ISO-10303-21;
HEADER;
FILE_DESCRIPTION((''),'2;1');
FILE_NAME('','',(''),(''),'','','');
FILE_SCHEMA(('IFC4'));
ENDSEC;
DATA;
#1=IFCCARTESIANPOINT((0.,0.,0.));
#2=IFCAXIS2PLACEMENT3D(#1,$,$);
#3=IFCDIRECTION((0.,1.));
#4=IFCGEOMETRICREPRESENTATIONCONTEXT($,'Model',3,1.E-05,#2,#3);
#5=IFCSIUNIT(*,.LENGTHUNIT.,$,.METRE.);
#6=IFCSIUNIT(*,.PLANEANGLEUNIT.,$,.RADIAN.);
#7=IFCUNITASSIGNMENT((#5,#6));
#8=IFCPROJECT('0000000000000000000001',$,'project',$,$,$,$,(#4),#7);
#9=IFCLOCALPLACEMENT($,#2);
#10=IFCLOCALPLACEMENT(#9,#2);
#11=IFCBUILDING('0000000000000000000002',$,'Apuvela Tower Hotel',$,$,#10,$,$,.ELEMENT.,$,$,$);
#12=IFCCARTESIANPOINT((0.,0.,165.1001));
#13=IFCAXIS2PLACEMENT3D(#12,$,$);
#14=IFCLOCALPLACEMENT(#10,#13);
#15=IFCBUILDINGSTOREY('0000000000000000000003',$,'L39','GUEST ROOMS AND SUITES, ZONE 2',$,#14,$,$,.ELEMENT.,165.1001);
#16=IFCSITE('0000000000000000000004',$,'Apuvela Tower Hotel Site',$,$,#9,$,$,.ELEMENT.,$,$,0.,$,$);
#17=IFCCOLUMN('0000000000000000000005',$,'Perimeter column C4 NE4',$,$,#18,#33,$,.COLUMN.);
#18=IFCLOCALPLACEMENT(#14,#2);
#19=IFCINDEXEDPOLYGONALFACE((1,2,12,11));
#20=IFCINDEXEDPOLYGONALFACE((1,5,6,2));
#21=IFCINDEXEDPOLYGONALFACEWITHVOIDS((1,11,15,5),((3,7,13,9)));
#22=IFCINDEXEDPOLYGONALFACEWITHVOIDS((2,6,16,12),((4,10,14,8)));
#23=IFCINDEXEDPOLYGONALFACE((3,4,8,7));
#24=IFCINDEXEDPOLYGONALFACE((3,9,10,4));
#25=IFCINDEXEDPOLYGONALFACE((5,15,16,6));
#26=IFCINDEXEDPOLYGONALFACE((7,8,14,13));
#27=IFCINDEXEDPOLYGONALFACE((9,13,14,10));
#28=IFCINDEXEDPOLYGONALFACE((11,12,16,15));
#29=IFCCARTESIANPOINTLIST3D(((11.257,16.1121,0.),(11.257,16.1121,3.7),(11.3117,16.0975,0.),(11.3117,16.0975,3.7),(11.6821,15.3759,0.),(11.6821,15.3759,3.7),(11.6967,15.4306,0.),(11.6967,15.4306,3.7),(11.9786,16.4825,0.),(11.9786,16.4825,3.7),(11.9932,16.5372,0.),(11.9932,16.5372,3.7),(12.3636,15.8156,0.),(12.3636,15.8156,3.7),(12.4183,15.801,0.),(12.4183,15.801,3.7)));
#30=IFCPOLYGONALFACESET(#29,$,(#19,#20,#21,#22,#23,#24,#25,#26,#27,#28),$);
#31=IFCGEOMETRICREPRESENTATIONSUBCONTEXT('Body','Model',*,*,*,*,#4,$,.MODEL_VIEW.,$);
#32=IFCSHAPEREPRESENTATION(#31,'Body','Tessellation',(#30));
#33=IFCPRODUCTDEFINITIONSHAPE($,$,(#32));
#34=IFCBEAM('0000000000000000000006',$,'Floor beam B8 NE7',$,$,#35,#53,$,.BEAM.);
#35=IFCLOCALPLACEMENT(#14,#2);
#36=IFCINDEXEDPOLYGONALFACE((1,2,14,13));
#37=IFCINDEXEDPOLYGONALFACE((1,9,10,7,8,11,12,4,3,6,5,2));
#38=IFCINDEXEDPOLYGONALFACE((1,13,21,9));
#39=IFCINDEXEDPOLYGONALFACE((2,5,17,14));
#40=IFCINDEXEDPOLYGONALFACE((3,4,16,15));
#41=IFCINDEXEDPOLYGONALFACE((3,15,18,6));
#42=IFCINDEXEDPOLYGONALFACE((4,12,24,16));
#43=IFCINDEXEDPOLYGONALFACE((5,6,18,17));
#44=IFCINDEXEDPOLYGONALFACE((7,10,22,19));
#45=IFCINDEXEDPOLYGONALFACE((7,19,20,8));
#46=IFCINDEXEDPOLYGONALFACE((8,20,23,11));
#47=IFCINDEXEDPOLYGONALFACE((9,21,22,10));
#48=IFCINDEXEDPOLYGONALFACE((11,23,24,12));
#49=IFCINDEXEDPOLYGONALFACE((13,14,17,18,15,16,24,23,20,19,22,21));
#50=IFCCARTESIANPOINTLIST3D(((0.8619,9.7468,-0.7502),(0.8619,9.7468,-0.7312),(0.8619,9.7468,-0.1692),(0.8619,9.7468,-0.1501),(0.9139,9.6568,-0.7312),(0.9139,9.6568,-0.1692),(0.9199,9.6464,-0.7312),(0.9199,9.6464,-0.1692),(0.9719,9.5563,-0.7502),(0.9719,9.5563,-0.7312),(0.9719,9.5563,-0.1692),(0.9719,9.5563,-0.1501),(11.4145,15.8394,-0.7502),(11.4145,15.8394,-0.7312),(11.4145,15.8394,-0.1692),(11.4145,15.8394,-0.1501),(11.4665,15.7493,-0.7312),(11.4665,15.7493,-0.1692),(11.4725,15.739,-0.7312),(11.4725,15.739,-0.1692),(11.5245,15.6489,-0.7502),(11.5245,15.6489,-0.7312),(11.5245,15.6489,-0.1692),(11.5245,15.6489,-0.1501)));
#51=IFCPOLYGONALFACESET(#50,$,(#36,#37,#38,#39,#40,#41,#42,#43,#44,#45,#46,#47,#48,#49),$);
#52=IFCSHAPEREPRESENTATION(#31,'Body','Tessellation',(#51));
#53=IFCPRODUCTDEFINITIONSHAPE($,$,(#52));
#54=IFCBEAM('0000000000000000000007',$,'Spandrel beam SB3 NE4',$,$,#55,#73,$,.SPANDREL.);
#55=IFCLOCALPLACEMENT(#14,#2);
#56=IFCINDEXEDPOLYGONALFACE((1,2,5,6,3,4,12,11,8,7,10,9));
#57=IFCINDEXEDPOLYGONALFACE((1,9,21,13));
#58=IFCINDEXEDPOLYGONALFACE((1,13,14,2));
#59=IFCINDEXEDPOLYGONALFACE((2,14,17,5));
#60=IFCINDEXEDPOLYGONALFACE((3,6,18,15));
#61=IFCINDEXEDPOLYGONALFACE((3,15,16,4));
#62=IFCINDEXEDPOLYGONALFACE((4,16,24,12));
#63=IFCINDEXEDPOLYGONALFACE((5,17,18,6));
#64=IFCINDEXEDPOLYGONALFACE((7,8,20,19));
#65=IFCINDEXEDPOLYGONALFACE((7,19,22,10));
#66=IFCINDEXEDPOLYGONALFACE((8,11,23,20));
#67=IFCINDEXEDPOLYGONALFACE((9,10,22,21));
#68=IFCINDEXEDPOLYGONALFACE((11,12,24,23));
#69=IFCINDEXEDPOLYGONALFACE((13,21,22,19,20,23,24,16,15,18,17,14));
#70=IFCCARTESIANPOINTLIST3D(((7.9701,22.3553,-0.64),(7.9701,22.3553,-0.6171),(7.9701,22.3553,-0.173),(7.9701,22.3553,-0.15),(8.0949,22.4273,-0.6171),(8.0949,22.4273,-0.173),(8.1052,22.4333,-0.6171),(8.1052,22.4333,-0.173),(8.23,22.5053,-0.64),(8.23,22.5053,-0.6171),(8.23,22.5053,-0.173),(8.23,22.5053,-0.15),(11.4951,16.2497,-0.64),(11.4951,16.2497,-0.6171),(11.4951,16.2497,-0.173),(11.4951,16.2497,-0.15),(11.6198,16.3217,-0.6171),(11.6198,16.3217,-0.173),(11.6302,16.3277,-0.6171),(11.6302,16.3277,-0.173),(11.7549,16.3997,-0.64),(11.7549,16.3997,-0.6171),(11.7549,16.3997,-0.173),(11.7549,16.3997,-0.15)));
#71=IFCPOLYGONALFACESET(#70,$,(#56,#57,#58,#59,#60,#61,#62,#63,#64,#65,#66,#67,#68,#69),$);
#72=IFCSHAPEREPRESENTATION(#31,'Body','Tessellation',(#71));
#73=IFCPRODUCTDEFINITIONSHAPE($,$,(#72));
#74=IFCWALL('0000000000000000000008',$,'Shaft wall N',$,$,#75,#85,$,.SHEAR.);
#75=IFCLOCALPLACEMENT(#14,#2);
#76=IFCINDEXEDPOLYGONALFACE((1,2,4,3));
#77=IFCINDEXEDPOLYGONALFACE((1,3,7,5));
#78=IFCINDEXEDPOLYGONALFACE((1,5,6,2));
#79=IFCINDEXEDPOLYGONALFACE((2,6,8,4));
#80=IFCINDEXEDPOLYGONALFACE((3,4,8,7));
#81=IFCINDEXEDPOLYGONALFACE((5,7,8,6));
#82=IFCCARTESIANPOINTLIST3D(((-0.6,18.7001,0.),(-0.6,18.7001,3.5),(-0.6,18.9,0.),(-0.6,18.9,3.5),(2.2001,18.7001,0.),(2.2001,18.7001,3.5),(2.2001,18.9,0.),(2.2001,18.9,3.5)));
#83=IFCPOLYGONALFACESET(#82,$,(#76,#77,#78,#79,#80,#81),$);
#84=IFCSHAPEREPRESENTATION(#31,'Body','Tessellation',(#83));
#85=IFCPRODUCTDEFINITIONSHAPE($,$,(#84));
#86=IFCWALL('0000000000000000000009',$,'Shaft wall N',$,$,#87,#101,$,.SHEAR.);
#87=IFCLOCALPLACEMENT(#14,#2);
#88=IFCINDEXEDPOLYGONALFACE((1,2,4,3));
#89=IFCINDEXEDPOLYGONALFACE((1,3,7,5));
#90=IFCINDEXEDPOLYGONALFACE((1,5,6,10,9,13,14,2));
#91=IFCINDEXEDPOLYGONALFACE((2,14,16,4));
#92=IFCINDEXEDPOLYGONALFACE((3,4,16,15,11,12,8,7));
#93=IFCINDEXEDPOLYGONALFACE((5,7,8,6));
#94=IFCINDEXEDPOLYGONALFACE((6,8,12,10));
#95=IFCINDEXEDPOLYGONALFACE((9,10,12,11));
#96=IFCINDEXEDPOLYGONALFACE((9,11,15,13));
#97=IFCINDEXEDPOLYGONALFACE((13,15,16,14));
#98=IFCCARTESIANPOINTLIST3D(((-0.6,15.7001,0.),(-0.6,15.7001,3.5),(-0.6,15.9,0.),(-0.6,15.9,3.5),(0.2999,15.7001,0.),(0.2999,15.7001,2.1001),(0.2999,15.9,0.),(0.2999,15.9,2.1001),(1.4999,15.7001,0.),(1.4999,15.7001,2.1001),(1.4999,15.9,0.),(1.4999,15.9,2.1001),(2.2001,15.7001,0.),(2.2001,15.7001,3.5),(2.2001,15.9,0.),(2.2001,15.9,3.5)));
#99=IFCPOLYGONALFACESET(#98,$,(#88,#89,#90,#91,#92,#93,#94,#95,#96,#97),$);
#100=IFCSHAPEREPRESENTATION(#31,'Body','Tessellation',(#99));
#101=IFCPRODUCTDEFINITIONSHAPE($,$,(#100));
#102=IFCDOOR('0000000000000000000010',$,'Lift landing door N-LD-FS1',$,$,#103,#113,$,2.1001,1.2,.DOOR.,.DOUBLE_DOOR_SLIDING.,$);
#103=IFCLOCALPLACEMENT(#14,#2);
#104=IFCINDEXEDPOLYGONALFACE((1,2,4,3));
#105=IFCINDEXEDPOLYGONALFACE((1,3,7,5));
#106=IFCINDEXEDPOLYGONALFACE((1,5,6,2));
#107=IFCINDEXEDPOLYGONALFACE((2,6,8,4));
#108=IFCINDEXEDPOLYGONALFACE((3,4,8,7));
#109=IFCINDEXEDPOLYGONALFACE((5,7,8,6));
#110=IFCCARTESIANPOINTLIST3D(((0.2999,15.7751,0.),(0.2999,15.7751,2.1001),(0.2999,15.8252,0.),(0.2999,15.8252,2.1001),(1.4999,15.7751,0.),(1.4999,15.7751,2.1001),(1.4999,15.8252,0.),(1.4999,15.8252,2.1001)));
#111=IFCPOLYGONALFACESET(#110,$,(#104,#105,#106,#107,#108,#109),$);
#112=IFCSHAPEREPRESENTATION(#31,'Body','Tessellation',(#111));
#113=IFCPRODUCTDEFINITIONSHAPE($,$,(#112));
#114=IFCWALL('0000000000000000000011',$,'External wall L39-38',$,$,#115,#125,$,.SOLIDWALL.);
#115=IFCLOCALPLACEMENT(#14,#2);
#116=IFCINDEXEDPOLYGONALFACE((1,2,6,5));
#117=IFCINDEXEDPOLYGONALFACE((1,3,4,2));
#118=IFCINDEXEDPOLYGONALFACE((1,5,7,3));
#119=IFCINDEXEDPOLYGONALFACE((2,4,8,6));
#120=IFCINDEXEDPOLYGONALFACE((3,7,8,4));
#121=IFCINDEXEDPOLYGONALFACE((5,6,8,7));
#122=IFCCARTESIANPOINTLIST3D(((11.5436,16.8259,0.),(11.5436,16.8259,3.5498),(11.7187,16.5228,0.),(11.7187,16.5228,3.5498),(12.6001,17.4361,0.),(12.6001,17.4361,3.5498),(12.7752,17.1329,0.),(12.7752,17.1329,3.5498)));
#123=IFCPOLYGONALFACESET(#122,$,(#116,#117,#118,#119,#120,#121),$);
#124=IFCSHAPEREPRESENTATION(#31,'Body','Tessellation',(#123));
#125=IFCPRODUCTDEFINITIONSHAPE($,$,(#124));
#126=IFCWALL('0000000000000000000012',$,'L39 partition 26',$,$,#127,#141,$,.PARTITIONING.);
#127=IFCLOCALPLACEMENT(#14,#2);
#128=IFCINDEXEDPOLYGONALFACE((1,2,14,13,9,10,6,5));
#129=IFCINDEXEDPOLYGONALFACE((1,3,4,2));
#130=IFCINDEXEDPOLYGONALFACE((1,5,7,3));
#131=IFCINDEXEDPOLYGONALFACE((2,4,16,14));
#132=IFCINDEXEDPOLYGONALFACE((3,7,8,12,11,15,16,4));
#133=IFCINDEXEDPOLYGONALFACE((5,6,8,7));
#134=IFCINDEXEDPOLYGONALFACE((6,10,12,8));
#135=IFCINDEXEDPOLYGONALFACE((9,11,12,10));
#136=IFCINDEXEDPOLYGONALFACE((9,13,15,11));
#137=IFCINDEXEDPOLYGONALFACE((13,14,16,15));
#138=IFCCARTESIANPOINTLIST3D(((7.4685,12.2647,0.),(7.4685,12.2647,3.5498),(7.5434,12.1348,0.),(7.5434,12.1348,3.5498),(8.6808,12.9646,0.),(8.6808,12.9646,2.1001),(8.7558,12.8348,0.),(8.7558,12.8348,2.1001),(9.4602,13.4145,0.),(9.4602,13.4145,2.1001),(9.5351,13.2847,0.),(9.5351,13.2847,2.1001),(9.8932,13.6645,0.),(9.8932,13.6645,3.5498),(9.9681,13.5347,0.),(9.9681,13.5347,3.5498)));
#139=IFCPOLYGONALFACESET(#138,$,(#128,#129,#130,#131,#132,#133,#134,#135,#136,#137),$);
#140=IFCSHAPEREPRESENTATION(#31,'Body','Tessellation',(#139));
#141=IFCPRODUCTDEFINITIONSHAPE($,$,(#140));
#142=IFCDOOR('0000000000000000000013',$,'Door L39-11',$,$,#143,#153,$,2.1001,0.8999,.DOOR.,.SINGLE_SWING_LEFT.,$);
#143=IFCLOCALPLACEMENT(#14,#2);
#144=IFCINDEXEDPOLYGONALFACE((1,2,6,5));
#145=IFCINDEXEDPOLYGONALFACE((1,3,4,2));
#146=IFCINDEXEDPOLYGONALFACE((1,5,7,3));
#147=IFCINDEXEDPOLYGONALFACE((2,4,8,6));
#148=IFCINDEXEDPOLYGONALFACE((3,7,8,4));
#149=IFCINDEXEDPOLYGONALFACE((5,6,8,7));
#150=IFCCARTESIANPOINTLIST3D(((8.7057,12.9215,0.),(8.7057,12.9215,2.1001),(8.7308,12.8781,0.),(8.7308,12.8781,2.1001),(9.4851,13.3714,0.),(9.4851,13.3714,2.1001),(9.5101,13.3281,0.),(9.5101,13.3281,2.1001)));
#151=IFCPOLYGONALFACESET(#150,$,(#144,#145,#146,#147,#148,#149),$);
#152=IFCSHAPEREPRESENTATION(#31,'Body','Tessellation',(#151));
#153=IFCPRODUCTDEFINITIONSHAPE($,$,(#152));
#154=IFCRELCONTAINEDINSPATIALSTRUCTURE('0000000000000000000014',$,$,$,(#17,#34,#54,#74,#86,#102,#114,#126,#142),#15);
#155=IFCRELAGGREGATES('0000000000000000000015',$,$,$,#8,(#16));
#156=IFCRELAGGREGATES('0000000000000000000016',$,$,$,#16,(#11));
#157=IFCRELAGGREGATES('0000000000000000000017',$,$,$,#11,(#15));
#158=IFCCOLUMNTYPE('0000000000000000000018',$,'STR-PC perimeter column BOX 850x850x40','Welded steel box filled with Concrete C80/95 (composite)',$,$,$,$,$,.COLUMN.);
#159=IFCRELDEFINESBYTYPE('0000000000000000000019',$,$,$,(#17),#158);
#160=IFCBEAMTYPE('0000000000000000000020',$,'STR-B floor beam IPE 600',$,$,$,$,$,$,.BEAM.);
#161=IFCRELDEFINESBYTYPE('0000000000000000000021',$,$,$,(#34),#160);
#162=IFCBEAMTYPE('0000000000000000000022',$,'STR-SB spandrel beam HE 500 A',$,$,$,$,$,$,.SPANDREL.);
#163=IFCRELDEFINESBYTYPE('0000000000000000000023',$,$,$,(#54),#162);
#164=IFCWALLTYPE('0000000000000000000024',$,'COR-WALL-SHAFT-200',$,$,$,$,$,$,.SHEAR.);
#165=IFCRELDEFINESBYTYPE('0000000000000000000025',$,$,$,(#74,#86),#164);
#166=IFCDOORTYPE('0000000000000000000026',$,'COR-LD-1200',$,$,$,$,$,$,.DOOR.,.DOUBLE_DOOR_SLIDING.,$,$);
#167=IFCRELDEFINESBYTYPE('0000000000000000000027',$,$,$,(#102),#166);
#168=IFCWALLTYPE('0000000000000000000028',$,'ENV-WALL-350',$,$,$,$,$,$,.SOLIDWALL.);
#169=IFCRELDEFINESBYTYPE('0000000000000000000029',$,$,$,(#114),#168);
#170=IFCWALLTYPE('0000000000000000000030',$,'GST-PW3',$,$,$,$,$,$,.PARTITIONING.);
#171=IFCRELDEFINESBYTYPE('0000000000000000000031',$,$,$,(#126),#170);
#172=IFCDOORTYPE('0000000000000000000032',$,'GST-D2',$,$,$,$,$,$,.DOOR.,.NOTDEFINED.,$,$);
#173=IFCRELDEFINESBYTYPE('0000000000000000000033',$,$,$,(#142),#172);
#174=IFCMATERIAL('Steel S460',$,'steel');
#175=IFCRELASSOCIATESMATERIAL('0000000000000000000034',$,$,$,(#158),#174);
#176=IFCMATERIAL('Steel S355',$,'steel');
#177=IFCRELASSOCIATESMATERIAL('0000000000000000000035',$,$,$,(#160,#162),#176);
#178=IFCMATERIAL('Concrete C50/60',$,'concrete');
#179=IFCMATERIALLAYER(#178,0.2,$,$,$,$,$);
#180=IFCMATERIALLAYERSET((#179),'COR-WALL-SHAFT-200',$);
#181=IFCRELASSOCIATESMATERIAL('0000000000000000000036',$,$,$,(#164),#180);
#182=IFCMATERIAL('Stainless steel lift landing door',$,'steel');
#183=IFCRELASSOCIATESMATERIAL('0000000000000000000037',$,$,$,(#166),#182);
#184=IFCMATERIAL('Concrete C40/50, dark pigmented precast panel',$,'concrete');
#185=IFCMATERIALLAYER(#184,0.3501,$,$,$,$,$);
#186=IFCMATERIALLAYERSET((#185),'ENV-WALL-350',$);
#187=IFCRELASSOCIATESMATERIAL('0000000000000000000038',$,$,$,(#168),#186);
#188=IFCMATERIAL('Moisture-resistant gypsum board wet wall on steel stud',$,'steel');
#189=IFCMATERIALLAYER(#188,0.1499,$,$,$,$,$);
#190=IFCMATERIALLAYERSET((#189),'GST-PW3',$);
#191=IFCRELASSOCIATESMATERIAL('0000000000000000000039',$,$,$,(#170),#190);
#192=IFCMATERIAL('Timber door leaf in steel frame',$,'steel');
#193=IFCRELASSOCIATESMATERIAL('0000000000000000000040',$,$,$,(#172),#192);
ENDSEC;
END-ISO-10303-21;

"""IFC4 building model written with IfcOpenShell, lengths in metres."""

from ifc_helpers import new_model, si_unit, direction, frame, frame_2d, origin, origin_2d, place, context, subcontext, project, spatial, rectangle, hollow_rectangle, i_section, extrude, material, layer, layer_set, material_profile, profile_set, type_object, element, fill, save


model = new_model("IFC4")

# Units and contexts
model_context = context("Model", 3, precision=1e-05, world=origin(), true_north=direction((0.0, 1.0)))
body_context = subcontext(model_context, "Body", "Model", "MODEL_VIEW")
ifc_project = project(units=[si_unit("LENGTHUNIT", "METRE"), si_unit("PLANEANGLEUNIT", "RADIAN")], contexts=[model_context])

# Site, building, storey
site_placement = place(None, origin())
site = spatial("IfcSite", under=ifc_project, at=site_placement, Name="Apuvela Tower Hotel Site", CompositionType="ELEMENT", RefElevation=0.0)
building_placement = place(site_placement, origin())
building = spatial("IfcBuilding", under=site, at=building_placement, Name="Apuvela Tower Hotel", CompositionType="ELEMENT")
storey_placement = place(building_placement, frame((0.0, 0.0, 165.1001)))
storey = spatial("IfcBuildingStorey", under=building, at=storey_placement, Name="L39", Description="GUEST ROOMS AND SUITES, ZONE 2", CompositionType="ELEMENT", Elevation=165.1001)

# Column
ifc_material_1 = material(Name="Steel S460", Category="steel")
ifc_material_profile_1 = material_profile(ifc_material_1, hollow_rectangle(XDim=0.8501, YDim=0.8501, WallThickness=0.04, at=origin_2d()), Name="BOX 850x850x40")
ifc_material_2 = material(Name="Concrete C80/95", Category="concrete")
ifc_material_profile_2 = material_profile(ifc_material_2, rectangle(XDim=0.77, YDim=0.77, at=origin_2d()), Name="Concrete C80/95 infill")
ifc_profile_set_1 = profile_set([ifc_material_profile_1, ifc_material_profile_2], Name="Steel S460")
column_type = type_object("IfcColumnType", Name="STR-PC perimeter column BOX 850x850x40", Description="Welded steel box filled with Concrete C80/95 (composite)", PredefinedType="COLUMN", material=ifc_profile_set_1)
column_placement = place(storey_placement, frame((11.8376, 15.9565, 0.0), z_axis=(0.0, 0.0, 1.0), x_axis=(-0.5, 0.866025, 0.0)))
element("IfcColumn", 1, at=column_placement, inside=storey, type_object=column_type, Name="Perimeter column C4 NE4", PredefinedType="COLUMN", context=body_context, shape_type="SweptSolid", body=[
    extrude(hollow_rectangle(XDim=0.8501, YDim=0.8501, WallThickness=0.04, at=origin_2d()), origin(), (0.0, 0.0, 1.0), 3.7),
])

# Beams
ifc_material_3 = material(Name="Steel S355", Category="steel")
ifc_material_profile_3 = material_profile(ifc_material_3, i_section(OverallWidth=0.22, OverallDepth=0.6001, WebThickness=0.012, FlangeThickness=0.019, at=origin_2d()), Name="IPE 600")
ifc_profile_set_2 = profile_set([ifc_material_profile_3], Name="Steel S355")
beam_type_1 = type_object("IfcBeamType", Name="STR-B floor beam IPE 600", PredefinedType="BEAM", material=ifc_profile_set_2)
beam_1_placement = place(storey_placement, frame((11.4695, 15.7441, -0.4502), z_axis=(-0.866024, -0.500003, 0.0), x_axis=(0.500003, -0.866024, 0.0)))
element("IfcBeam", 2, at=beam_1_placement, inside=storey, type_object=beam_type_1, Name="Floor beam B8 NE7", PredefinedType="BEAM", context=body_context, shape_type="SweptSolid", body=[
    extrude(i_section(OverallWidth=0.22, OverallDepth=0.6001, WebThickness=0.012, FlangeThickness=0.019, at=origin_2d()), origin(), (0.0, 0.0, 1.0), 12.1851),
])
ifc_material_profile_4 = material_profile(ifc_material_3, i_section(OverallWidth=0.3, OverallDepth=0.49, WebThickness=0.012, FlangeThickness=0.0229, at=origin_2d()), Name="HE 500 A")
ifc_profile_set_3 = profile_set([ifc_material_profile_4], Name="Steel S355")
beam_type_2 = type_object("IfcBeamType", Name="STR-SB spandrel beam HE 500 A", PredefinedType="SPANDREL", material=ifc_profile_set_3)
beam_2_placement = place(storey_placement, frame((11.625, 16.3247, -0.395), z_axis=(-0.49999, 0.866031, 0.0), x_axis=(-0.866031, -0.49999, 0.0)))
element("IfcBeam", 3, at=beam_2_placement, inside=storey, type_object=beam_type_2, Name="Spandrel beam SB3 NE4", PredefinedType="SPANDREL", context=body_context, shape_type="SweptSolid", body=[
    extrude(i_section(OverallWidth=0.3, OverallDepth=0.49, WebThickness=0.012, FlangeThickness=0.0229, at=origin_2d()), origin(), (0.0, 0.0, 1.0), 7.05),
])

# Wall
ifc_material_4 = material(Name="Concrete C50/60", Category="concrete")
ifc_layer_1 = layer(ifc_material_4, 0.2)
ifc_layer_set_1 = layer_set([ifc_layer_1], Name="COR-WALL-SHAFT-200")
wall_type_1 = type_object("IfcWallType", Name="COR-WALL-SHAFT-200", PredefinedType="SHEAR", material=ifc_layer_set_1)
wall_1_placement = place(storey_placement, frame((2.2, 18.8, 0.0), z_axis=(0.0, 0.0, 1.0), x_axis=(-1.0, 0.0, 0.0)))
element("IfcWall", 4, at=wall_1_placement, inside=storey, type_object=wall_type_1, Name="Shaft wall N", PredefinedType="SHEAR", context=body_context, shape_type="SweptSolid", body=[
    extrude(rectangle(XDim=2.8, YDim=0.2, at=frame_2d((1.3999, 0.0))), origin(), (0.0, 0.0, 1.0), 3.5),
])

# Wall, opening, door
wall_2_placement = place(storey_placement, frame((2.2, 15.8, 0.0), z_axis=(0.0, 0.0, 1.0), x_axis=(-1.0, 0.0, 0.0)))
wall_2 = element("IfcWall", 5, at=wall_2_placement, inside=storey, type_object=wall_type_1, Name="Shaft wall N", PredefinedType="SHEAR", context=body_context, shape_type="SweptSolid", body=[
    extrude(rectangle(XDim=2.8, YDim=0.2, at=frame_2d((1.3999, 0.0))), origin(), (0.0, 0.0, 1.0), 3.5),
])
opening_1_placement = place(wall_2_placement, frame((0.7, 0.0, 0.0)))
opening_1 = element("IfcOpeningElement", 6, at=opening_1_placement, cuts=wall_2, PredefinedType="OPENING", context=body_context, shape_type="SweptSolid", body=[
    extrude(rectangle(XDim=1.2, YDim=2.1001, at=frame_2d((0.6001, 1.05))), frame((0.0, 0.1099, 0.0), z_axis=(0.0, -1.0, 0.0), x_axis=(1.0, 0.0, 0.0)), (0.0, 0.0, 1.0), 0.22),
])
ifc_material_5 = material(Name="Stainless steel lift landing door", Category="steel")
door_type_1 = type_object("IfcDoorType", Name="COR-LD-1200", OperationType="DOUBLE_DOOR_SLIDING", PredefinedType="DOOR", material=ifc_material_5)
door_1_placement = place(opening_1_placement, origin())
door_1 = element("IfcDoor", 7, at=door_1_placement, inside=storey, type_object=door_type_1, Name="Lift landing door N-LD-FS1", OperationType="DOUBLE_DOOR_SLIDING", OverallHeight=2.1001, OverallWidth=1.2, PredefinedType="DOOR", context=body_context, shape_type="SweptSolid", body=[
    extrude(rectangle(XDim=1.2, YDim=2.1001, at=frame_2d((0.6001, 1.05))), frame((0.0, 0.0249, 0.0), z_axis=(0.0, -1.0, 0.0), x_axis=(1.0, 0.0, 0.0)), (0.0, 0.0, 1.0), 0.05),
])
fill(opening_1, door_1)

# Wall
ifc_material_6 = material(Name="Concrete C40/50, dark pigmented precast panel", Category="concrete")
ifc_layer_2 = layer(ifc_material_6, 0.3501)
ifc_layer_set_2 = layer_set([ifc_layer_2], Name="ENV-WALL-350")
wall_type_2 = type_object("IfcWallType", Name="ENV-WALL-350", PredefinedType="SOLIDWALL", material=ifc_layer_set_2)
wall_3_placement = place(storey_placement, frame((12.6875, 17.2844, 0.0), z_axis=(0.0, 0.0, 1.0), x_axis=(-0.865956, -0.500121, 0.0)))
element("IfcWall", 8, at=wall_3_placement, inside=storey, type_object=wall_type_2, Name="External wall L39-38", PredefinedType="SOLIDWALL", context=body_context, shape_type="SweptSolid", body=[
    extrude(rectangle(XDim=1.22, YDim=0.3501, at=frame_2d((0.6099, 0.0))), origin(), (0.0, 0.0, 1.0), 3.5498),
])

# Wall, opening, door
ifc_material_7 = material(Name="Moisture-resistant gypsum board wet wall on steel stud", Category="steel")
ifc_layer_3 = layer(ifc_material_7, 0.1499)
ifc_layer_set_3 = layer_set([ifc_layer_3], Name="GST-PW3")
wall_type_3 = type_object("IfcWallType", Name="GST-PW3", PredefinedType="PARTITIONING", material=ifc_layer_set_3)
wall_4_placement = place(storey_placement, frame((9.9307, 13.5996, 0.0), z_axis=(0.0, 0.0, 1.0), x_axis=(-0.866035, -0.499984, 0.0)))
wall_4 = element("IfcWall", 9, at=wall_4_placement, inside=storey, type_object=wall_type_3, Name="L39 partition 26", PredefinedType="PARTITIONING", context=body_context, shape_type="SweptSolid", body=[
    extrude(rectangle(XDim=2.7998, YDim=0.1499, at=frame_2d((1.3999, 0.0))), origin(), (0.0, 0.0, 1.0), 3.5498),
])
opening_2_placement = place(wall_4_placement, frame((0.5, 0.0, 0.0)))
opening_2 = element("IfcOpeningElement", 10, at=opening_2_placement, cuts=wall_4, PredefinedType="OPENING", context=body_context, shape_type="SweptSolid", body=[
    extrude(rectangle(XDim=0.8999, YDim=2.1001, at=frame_2d((0.45, 1.05))), frame((0.0, 0.085, 0.0), z_axis=(0.0, -1.0, 0.0), x_axis=(1.0, 0.0, 0.0)), (0.0, 0.0, 1.0), 0.1699),
])
ifc_material_8 = material(Name="Timber door leaf in steel frame", Category="steel")
door_type_2 = type_object("IfcDoorType", Name="GST-D2", OperationType="NOTDEFINED", PredefinedType="DOOR", material=ifc_material_8)
door_2_placement = place(opening_2_placement, origin())
door_2 = element("IfcDoor", 11, at=door_2_placement, inside=storey, type_object=door_type_2, Name="Door L39-11", OperationType="SINGLE_SWING_LEFT", OverallHeight=2.1001, OverallWidth=0.8999, PredefinedType="DOOR", context=body_context, shape_type="SweptSolid", body=[
    extrude(rectangle(XDim=0.8999, YDim=2.1001, at=frame_2d((0.45, 1.05))), frame((0.0, 0.0249, 0.0), z_axis=(0.0, -1.0, 0.0), x_axis=(1.0, 0.0, 0.0)), (0.0, 0.0, 1.0), 0.05),
])
fill(opening_2, door_2)

save(model, "model.ifc")
